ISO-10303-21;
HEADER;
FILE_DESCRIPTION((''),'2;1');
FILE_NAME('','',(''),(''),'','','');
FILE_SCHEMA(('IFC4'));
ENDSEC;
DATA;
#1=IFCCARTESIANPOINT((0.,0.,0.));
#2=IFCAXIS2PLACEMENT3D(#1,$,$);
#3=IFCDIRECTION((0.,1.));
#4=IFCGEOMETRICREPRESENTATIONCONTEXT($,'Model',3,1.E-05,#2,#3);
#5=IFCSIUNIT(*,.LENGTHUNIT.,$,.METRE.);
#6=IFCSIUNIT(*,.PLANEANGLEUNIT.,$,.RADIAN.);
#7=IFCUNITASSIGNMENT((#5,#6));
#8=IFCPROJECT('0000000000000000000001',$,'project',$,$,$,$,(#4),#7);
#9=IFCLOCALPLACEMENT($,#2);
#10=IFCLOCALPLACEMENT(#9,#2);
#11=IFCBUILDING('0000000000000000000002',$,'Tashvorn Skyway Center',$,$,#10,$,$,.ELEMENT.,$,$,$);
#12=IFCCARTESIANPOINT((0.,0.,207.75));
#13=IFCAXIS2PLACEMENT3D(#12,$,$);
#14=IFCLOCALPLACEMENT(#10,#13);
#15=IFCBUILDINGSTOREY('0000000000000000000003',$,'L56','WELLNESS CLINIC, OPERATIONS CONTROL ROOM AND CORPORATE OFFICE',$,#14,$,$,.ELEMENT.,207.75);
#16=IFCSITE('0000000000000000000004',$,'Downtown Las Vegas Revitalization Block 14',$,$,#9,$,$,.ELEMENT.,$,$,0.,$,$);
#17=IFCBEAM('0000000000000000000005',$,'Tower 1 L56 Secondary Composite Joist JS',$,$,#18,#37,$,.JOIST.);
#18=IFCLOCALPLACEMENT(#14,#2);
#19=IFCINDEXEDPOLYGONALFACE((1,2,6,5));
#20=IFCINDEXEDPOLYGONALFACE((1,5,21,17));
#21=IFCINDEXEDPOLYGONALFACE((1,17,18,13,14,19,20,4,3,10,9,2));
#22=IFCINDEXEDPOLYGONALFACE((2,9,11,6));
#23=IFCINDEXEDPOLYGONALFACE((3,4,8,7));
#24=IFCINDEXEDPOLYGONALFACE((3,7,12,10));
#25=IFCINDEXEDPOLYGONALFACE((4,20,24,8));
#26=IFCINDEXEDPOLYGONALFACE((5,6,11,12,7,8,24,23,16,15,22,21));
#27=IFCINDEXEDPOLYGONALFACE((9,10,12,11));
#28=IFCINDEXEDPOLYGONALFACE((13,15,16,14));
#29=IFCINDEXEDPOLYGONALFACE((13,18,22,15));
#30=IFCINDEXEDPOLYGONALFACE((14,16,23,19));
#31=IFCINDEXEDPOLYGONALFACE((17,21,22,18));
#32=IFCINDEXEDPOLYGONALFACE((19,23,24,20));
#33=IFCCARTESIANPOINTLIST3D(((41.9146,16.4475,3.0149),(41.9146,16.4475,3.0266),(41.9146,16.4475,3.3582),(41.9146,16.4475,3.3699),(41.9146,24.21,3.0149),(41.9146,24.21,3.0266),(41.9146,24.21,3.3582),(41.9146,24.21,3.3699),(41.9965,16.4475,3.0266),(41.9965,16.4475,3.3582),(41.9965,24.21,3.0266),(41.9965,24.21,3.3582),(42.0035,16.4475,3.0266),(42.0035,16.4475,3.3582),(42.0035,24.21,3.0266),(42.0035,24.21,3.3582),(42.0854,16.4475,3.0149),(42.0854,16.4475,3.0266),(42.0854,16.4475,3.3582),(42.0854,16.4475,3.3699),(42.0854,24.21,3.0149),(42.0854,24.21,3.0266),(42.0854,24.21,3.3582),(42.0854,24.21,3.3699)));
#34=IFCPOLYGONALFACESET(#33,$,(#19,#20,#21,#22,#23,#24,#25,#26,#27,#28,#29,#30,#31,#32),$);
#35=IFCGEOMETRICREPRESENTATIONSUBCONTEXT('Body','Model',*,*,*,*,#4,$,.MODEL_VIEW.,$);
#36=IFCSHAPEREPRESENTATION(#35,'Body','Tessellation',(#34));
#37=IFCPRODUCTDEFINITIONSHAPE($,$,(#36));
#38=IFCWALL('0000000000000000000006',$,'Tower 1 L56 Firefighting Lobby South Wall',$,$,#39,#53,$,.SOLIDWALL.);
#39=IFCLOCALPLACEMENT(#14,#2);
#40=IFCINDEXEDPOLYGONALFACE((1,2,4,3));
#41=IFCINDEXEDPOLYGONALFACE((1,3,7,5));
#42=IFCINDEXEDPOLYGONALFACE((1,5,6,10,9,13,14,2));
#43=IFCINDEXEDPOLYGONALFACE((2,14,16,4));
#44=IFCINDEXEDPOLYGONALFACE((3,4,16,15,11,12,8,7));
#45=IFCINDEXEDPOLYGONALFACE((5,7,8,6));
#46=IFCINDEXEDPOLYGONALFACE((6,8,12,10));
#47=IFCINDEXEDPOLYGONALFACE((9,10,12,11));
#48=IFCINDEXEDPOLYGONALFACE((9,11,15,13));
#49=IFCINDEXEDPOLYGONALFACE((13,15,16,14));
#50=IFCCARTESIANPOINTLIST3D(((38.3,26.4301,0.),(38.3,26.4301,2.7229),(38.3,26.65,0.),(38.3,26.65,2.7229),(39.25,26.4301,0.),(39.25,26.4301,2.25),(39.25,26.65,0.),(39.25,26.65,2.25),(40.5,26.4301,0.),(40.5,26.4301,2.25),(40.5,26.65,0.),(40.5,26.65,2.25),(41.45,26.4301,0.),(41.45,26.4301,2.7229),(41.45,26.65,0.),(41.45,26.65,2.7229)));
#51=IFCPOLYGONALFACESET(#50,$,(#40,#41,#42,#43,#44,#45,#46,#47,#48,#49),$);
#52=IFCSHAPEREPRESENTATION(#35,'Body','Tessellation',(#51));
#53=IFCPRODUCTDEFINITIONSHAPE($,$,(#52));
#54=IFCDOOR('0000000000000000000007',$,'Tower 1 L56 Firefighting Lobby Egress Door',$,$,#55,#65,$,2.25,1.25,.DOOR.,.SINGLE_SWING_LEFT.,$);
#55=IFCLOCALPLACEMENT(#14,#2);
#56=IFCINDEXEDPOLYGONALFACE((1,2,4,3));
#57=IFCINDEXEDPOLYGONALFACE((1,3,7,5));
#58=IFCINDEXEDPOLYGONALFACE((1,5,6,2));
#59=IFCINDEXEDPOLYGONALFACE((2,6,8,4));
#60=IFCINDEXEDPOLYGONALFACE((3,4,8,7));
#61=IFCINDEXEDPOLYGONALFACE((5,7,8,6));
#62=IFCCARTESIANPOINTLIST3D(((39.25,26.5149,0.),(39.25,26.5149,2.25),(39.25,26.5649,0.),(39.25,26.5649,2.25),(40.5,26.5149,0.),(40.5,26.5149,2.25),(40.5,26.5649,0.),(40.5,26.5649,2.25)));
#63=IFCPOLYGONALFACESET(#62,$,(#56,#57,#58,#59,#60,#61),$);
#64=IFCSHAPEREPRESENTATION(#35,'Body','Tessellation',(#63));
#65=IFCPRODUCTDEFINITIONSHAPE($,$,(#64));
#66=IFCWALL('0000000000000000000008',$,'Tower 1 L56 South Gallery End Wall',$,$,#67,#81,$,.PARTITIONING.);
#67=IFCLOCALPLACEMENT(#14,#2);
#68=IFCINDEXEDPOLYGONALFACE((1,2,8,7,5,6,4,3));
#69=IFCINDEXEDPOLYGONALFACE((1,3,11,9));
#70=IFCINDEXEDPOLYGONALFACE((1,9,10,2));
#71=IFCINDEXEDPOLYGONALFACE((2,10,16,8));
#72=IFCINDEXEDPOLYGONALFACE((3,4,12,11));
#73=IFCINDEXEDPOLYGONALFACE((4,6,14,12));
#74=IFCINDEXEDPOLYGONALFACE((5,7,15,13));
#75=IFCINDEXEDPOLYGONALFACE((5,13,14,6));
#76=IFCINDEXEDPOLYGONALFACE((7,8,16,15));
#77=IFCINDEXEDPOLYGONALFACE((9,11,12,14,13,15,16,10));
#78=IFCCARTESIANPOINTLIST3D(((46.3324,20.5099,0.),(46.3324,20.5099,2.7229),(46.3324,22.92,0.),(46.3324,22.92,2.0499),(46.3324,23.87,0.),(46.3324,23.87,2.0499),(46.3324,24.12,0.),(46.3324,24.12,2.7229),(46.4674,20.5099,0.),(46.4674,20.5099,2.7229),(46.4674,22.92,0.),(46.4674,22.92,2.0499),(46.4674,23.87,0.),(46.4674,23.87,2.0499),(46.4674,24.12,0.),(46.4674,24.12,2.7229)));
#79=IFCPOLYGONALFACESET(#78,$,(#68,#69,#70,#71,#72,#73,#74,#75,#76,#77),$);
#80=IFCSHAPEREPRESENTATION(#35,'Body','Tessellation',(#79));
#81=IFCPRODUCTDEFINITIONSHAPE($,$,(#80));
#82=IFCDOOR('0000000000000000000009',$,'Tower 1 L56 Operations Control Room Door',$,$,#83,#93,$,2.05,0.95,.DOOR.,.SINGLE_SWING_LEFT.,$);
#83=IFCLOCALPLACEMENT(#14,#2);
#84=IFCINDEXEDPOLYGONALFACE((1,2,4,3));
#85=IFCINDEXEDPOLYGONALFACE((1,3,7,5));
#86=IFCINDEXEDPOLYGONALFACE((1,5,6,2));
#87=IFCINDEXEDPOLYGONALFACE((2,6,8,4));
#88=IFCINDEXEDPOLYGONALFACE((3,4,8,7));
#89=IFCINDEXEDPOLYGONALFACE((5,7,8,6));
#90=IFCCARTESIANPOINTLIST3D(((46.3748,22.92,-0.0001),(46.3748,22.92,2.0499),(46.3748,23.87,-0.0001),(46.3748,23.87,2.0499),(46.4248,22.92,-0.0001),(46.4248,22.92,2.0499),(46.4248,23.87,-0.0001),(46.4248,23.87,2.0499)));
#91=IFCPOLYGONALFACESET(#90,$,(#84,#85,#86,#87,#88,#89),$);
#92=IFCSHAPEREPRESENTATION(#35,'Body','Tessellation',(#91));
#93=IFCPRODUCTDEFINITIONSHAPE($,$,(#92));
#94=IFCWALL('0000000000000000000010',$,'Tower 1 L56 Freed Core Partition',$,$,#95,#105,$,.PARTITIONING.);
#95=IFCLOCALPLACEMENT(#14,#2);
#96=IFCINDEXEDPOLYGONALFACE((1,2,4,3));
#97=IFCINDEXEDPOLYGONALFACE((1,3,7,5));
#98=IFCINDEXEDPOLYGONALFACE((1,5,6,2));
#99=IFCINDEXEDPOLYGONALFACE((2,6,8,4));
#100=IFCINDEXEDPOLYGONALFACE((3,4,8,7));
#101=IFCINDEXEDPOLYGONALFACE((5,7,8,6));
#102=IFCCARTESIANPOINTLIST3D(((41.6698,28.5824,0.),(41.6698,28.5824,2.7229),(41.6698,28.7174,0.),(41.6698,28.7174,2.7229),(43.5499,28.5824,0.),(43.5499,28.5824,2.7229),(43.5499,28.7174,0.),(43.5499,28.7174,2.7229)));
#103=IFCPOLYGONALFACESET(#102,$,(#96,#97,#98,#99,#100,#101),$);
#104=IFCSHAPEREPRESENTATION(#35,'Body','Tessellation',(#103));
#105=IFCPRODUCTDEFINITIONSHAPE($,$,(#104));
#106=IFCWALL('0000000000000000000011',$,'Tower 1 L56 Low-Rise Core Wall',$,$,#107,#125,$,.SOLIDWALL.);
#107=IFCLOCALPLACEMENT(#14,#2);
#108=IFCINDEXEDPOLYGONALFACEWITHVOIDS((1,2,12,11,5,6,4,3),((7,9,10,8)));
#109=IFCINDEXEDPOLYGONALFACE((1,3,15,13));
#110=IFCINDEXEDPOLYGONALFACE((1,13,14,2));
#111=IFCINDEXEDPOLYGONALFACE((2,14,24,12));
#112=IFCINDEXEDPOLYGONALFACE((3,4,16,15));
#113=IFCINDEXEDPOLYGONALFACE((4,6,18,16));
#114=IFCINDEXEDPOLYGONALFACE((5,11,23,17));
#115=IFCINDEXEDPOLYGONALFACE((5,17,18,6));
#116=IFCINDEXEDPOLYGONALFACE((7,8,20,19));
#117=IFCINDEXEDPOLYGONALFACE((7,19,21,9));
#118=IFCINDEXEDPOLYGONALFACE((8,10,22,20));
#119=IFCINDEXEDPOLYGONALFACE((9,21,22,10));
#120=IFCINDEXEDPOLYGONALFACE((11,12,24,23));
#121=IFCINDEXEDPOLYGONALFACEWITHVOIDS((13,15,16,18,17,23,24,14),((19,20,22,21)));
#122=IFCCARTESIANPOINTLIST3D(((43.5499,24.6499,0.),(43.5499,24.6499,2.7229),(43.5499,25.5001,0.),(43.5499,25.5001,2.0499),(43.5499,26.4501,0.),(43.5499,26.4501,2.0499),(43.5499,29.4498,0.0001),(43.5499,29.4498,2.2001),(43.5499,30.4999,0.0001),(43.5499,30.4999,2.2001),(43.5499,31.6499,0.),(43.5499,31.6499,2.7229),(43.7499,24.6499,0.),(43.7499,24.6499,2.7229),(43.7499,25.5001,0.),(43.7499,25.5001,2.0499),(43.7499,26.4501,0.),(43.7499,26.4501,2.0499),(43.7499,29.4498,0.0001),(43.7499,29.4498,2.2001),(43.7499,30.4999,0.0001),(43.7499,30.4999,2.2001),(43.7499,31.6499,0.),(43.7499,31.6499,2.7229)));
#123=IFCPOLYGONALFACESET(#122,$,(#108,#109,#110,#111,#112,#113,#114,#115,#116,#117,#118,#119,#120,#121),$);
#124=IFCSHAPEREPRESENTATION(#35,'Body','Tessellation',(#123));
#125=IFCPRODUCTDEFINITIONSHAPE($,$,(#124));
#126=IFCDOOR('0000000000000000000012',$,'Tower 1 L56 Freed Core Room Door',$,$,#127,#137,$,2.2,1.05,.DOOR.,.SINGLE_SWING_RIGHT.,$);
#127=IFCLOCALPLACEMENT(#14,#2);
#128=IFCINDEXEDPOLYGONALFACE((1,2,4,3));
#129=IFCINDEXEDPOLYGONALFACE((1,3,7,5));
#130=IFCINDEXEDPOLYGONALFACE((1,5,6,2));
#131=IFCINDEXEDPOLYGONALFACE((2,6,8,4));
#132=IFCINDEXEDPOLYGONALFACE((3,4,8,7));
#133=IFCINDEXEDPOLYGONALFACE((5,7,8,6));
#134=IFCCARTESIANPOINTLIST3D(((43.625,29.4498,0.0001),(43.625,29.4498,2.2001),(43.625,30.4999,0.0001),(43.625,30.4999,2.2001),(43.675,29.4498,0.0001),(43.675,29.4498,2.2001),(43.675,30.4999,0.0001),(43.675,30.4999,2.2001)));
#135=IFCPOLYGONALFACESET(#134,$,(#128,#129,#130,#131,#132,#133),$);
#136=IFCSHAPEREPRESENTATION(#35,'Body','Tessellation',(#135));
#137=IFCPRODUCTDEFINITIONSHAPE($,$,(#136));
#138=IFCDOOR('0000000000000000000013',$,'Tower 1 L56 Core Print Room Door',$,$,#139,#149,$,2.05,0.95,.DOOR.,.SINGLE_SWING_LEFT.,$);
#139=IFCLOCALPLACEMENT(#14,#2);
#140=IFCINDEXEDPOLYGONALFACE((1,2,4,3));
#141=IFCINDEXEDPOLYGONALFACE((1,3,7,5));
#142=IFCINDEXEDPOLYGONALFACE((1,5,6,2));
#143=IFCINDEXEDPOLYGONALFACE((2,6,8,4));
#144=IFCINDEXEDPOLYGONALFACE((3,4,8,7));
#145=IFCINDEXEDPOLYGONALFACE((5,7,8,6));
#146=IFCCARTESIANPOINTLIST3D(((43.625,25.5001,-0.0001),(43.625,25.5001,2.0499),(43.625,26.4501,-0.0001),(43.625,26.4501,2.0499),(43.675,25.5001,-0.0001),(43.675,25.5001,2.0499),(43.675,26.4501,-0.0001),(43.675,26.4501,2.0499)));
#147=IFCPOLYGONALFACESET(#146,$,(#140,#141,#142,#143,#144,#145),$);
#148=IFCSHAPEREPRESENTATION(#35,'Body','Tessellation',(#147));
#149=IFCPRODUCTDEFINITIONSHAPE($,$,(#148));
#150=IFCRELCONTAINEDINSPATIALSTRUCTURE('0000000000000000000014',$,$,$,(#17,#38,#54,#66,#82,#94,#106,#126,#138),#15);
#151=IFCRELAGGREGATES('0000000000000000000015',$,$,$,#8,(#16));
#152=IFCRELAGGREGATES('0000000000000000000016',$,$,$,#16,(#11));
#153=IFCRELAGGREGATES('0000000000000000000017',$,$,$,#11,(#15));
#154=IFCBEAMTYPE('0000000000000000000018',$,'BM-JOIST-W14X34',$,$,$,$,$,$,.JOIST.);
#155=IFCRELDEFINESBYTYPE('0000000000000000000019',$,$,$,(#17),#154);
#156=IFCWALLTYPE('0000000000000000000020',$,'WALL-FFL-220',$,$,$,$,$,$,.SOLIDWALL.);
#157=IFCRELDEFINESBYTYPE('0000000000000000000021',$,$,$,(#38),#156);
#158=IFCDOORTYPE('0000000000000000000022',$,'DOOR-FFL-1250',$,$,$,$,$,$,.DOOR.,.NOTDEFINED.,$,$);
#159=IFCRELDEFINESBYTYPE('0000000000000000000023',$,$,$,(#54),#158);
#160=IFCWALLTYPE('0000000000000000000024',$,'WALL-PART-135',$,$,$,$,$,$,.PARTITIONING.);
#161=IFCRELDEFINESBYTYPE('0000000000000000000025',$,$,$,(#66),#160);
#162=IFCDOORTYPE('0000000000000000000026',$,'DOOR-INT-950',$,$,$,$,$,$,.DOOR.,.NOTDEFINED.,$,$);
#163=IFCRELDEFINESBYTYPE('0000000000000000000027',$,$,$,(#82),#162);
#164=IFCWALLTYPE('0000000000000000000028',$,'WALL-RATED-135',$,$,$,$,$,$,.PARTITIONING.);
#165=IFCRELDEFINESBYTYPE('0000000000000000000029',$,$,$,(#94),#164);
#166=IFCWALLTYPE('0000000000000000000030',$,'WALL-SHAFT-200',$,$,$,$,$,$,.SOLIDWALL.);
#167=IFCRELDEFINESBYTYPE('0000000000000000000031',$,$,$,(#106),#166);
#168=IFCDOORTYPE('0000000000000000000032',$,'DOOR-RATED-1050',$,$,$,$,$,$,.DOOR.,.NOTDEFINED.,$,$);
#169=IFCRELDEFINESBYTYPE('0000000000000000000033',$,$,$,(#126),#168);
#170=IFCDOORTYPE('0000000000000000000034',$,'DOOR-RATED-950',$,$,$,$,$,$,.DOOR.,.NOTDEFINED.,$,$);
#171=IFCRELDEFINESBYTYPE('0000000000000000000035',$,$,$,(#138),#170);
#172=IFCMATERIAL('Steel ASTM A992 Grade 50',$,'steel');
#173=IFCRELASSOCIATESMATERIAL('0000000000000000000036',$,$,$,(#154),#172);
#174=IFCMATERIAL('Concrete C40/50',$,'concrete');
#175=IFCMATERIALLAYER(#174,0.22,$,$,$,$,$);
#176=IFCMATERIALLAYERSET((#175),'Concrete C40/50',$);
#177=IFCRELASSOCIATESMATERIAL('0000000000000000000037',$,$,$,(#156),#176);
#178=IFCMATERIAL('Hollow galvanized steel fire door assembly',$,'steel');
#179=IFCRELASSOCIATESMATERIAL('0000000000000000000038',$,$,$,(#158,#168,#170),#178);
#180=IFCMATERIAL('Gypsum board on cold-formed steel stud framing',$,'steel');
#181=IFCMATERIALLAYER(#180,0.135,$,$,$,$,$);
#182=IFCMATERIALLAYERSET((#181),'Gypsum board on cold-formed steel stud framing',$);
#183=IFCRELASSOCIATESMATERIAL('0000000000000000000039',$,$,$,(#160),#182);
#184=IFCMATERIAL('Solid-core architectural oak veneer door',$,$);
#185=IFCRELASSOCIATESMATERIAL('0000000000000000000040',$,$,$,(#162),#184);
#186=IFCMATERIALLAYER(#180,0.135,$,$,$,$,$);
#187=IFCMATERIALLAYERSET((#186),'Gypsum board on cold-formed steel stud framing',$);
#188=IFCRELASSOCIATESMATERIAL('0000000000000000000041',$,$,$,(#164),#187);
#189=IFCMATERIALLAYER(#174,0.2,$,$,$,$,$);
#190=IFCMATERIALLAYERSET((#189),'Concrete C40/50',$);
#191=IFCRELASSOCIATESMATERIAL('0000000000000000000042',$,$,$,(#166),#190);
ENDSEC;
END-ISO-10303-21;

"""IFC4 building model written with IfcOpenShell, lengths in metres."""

from ifc_helpers import new_model, si_unit, direction, frame, frame_2d, origin, origin_2d, place, context, subcontext, project, spatial, rectangle, i_section, extrude, material, layer, layer_set, material_profile, profile_set, type_object, element, fill, save


model = new_model("IFC4")

# Units and contexts
model_context = context("Model", 3, precision=1e-05, world=origin(), true_north=direction((0.0, 1.0)))
body_context = subcontext(model_context, "Body", "Model", "MODEL_VIEW")
ifc_project = project(units=[si_unit("LENGTHUNIT", "METRE"), si_unit("PLANEANGLEUNIT", "RADIAN")], contexts=[model_context])

# Site, building, storey
site_placement = place(None, origin())
site = spatial("IfcSite", under=ifc_project, at=site_placement, Name="Downtown Las Vegas Revitalization Block 14", CompositionType="ELEMENT", RefElevation=0.0)
building_placement = place(site_placement, origin())
building = spatial("IfcBuilding", under=site, at=building_placement, Name="Tashvorn Skyway Center", CompositionType="ELEMENT")
storey_placement = place(building_placement, frame((0.0, 0.0, 207.75)))
storey = spatial("IfcBuildingStorey", under=building, at=storey_placement, Name="L56", Description="WELLNESS CLINIC, OPERATIONS CONTROL ROOM AND CORPORATE OFFICE", CompositionType="ELEMENT", Elevation=207.75)

# Beam
ifc_material_1 = material(Name="Steel ASTM A992 Grade 50", Category="steel")
ifc_material_profile = material_profile(ifc_material_1, i_section(OverallWidth=0.1709, OverallDepth=0.355, WebThickness=0.0071, FlangeThickness=0.0117, at=origin_2d()), Name="W14X34")
ifc_profile_set = profile_set([ifc_material_profile], Name="Steel ASTM A992 Grade 50")
beam_type = type_object("IfcBeamType", Name="BM-JOIST-W14X34", PredefinedType="JOIST", material=ifc_profile_set)
beam_placement = place(storey_placement, frame((42.0, 24.21, 3.1924), z_axis=(0.0, -1.0, 0.0), x_axis=(1.0, 0.0, 0.0)))
element("IfcBeam", 1, at=beam_placement, inside=storey, type_object=beam_type, Name="Tower 1 L56 Secondary Composite Joist JS", PredefinedType="JOIST", context=body_context, shape_type="SweptSolid", body=[
    extrude(i_section(OverallWidth=0.1709, OverallDepth=0.355, WebThickness=0.0071, FlangeThickness=0.0117, at=origin_2d()), origin(), (0.0, 0.0, 1.0), 7.7625),
])

# Walls, openings, doors
ifc_material_2 = material(Name="Concrete C40/50", Category="concrete")
ifc_layer_1 = layer(ifc_material_2, 0.22)
ifc_layer_set_1 = layer_set([ifc_layer_1], Name="Concrete C40/50")
wall_type_1 = type_object("IfcWallType", Name="WALL-FFL-220", PredefinedType="SOLIDWALL", material=ifc_layer_set_1)
wall_1_placement = place(storey_placement, frame((38.3, 26.54, 0.0), z_axis=(0.0, 0.0, 1.0), x_axis=(1.0, 0.0, 0.0)))
wall_1 = element("IfcWall", 2, at=wall_1_placement, inside=storey, type_object=wall_type_1, Name="Tower 1 L56 Firefighting Lobby South Wall", PredefinedType="SOLIDWALL", context=body_context, shape_type="SweptSolid", body=[
    extrude(rectangle(XDim=3.1499, YDim=0.22, at=frame_2d((1.575, 0.0))), origin(), (0.0, 0.0, 1.0), 2.7229),
])
opening_1_placement = place(wall_1_placement, frame((0.95, 0.0, 0.0)))
opening_1 = element("IfcOpeningElement", 3, at=opening_1_placement, cuts=wall_1, PredefinedType="OPENING", context=body_context, shape_type="SweptSolid", body=[
    extrude(rectangle(XDim=1.25, YDim=2.25, at=frame_2d((0.625, 1.125))), frame((0.0, 0.1199, 0.0), z_axis=(0.0, -1.0, 0.0), x_axis=(1.0, 0.0, 0.0)), (0.0, 0.0, 1.0), 0.24),
])
ifc_material_3 = material(Name="Hollow galvanized steel fire door assembly", Category="steel")
door_type_1 = type_object("IfcDoorType", Name="DOOR-FFL-1250", OperationType="NOTDEFINED", PredefinedType="DOOR", material=ifc_material_3)
door_1_placement = place(opening_1_placement, origin())
door_1 = element("IfcDoor", 4, at=door_1_placement, inside=storey, type_object=door_type_1, Name="Tower 1 L56 Firefighting Lobby Egress Door", OperationType="SINGLE_SWING_LEFT", OverallHeight=2.25, OverallWidth=1.25, PredefinedType="DOOR", context=body_context, shape_type="SweptSolid", body=[
    extrude(rectangle(XDim=1.25, YDim=2.25, at=frame_2d((0.625, 1.125))), frame((0.0, 0.0249, 0.0), z_axis=(0.0, -1.0, 0.0), x_axis=(1.0, 0.0, 0.0)), (0.0, 0.0, 1.0), 0.05),
])
fill(opening_1, door_1)
ifc_material_4 = material(Name="Gypsum board on cold-formed steel stud framing", Category="steel")
ifc_layer_2 = layer(ifc_material_4, 0.135)
ifc_layer_set_2 = layer_set([ifc_layer_2], Name="Gypsum board on cold-formed steel stud framing")
wall_type_2 = type_object("IfcWallType", Name="WALL-PART-135", PredefinedType="PARTITIONING", material=ifc_layer_set_2)
wall_2_placement = place(storey_placement, frame((46.3999, 24.1201, 0.0), z_axis=(0.0, 0.0, 1.0), x_axis=(0.0, -1.0, 0.0)))
wall_2 = element("IfcWall", 5, at=wall_2_placement, inside=storey, type_object=wall_type_2, Name="Tower 1 L56 South Gallery End Wall", PredefinedType="PARTITIONING", context=body_context, shape_type="SweptSolid", body=[
    extrude(rectangle(XDim=3.6101, YDim=0.135, at=frame_2d((1.8052, 0.0))), origin(), (0.0, 0.0, 1.0), 2.7229),
])
opening_2_placement = place(wall_2_placement, frame((0.25, 0.0, 0.0)))
opening_2 = element("IfcOpeningElement", 6, at=opening_2_placement, cuts=wall_2, PredefinedType="OPENING", context=body_context, shape_type="SweptSolid", body=[
    extrude(rectangle(XDim=0.95, YDim=2.05, at=frame_2d((0.4751, 1.0249))), frame((0.0, 0.0774, 0.0), z_axis=(0.0, -1.0, 0.0), x_axis=(1.0, 0.0, 0.0)), (0.0, 0.0, 1.0), 0.155),
])
ifc_material_5 = material(Name="Solid-core architectural oak veneer door")
door_type_2 = type_object("IfcDoorType", Name="DOOR-INT-950", OperationType="NOTDEFINED", PredefinedType="DOOR", material=ifc_material_5)
door_2_placement = place(opening_2_placement, origin())
door_2 = element("IfcDoor", 7, at=door_2_placement, inside=storey, type_object=door_type_2, Name="Tower 1 L56 Operations Control Room Door", OperationType="SINGLE_SWING_LEFT", OverallHeight=2.05, OverallWidth=0.95, PredefinedType="DOOR", context=body_context, shape_type="SweptSolid", body=[
    extrude(rectangle(XDim=0.95, YDim=2.05, at=frame_2d((0.4751, 1.0249))), frame((0.0, 0.0249, 0.0), z_axis=(0.0, -1.0, 0.0), x_axis=(1.0, 0.0, 0.0)), (0.0, 0.0, 1.0), 0.05),
])
fill(opening_2, door_2)

# Wall
ifc_layer_3 = layer(ifc_material_4, 0.135)
ifc_layer_set_3 = layer_set([ifc_layer_3], Name="Gypsum board on cold-formed steel stud framing")
wall_type_3 = type_object("IfcWallType", Name="WALL-RATED-135", PredefinedType="PARTITIONING", material=ifc_layer_set_3)
wall_3_placement = place(storey_placement, frame((41.6699, 28.6499, 0.0), z_axis=(0.0, 0.0, 1.0), x_axis=(1.0, 0.0, 0.0)))
element("IfcWall", 8, at=wall_3_placement, inside=storey, type_object=wall_type_3, Name="Tower 1 L56 Freed Core Partition", PredefinedType="PARTITIONING", context=body_context, shape_type="SweptSolid", body=[
    extrude(rectangle(XDim=1.8801, YDim=0.135, at=frame_2d((0.9399, 0.0))), origin(), (0.0, 0.0, 1.0), 2.7229),
])

# Wall, openings, doors
ifc_layer_4 = layer(ifc_material_2, 0.2)
ifc_layer_set_4 = layer_set([ifc_layer_4], Name="Concrete C40/50")
wall_type_4 = type_object("IfcWallType", Name="WALL-SHAFT-200", PredefinedType="SOLIDWALL", material=ifc_layer_set_4)
wall_4_placement = place(storey_placement, frame((43.6499, 24.6499, 0.0), z_axis=(0.0, 0.0, 1.0), x_axis=(0.0, 1.0, 0.0)))
wall_4 = element("IfcWall", 9, at=wall_4_placement, inside=storey, type_object=wall_type_4, Name="Tower 1 L56 Low-Rise Core Wall", PredefinedType="SOLIDWALL", context=body_context, shape_type="SweptSolid", body=[
    extrude(rectangle(XDim=7.0, YDim=0.2, at=frame_2d((3.5, 0.0))), origin(), (0.0, 0.0, 1.0), 2.7229),
])
opening_3_placement = place(wall_4_placement, frame((0.8501, 0.0, 0.0)))
opening_3 = element("IfcOpeningElement", 10, at=opening_3_placement, cuts=wall_4, PredefinedType="OPENING", context=body_context, shape_type="SweptSolid", body=[
    extrude(rectangle(XDim=0.95, YDim=2.05, at=frame_2d((0.4751, 1.0249))), frame((0.0, 0.1099, 0.0), z_axis=(0.0, -1.0, 0.0), x_axis=(1.0, 0.0, 0.0)), (0.0, 0.0, 1.0), 0.22),
])
opening_4_placement = place(wall_4_placement, frame((4.8, 0.0, 0.0)))
opening_4 = element("IfcOpeningElement", 11, at=opening_4_placement, cuts=wall_4, PredefinedType="OPENING", context=body_context, shape_type="SweptSolid", body=[
    extrude(rectangle(XDim=1.05, YDim=2.2, at=frame_2d((0.5249, 1.1001))), frame((0.0, 0.1099, 0.0), z_axis=(0.0, -1.0, 0.0), x_axis=(1.0, 0.0, 0.0)), (0.0, 0.0, 1.0), 0.22),
])
door_type_3 = type_object("IfcDoorType", Name="DOOR-RATED-1050", OperationType="NOTDEFINED", PredefinedType="DOOR", material=ifc_material_3)
door_3_placement = place(opening_4_placement, origin())
door_3 = element("IfcDoor", 12, at=door_3_placement, inside=storey, type_object=door_type_3, Name="Tower 1 L56 Freed Core Room Door", OperationType="SINGLE_SWING_RIGHT", OverallHeight=2.2, OverallWidth=1.05, PredefinedType="DOOR", context=body_context, shape_type="SweptSolid", body=[
    extrude(rectangle(XDim=1.05, YDim=2.2, at=frame_2d((0.5249, 1.1001))), frame((0.0, 0.0249, 0.0), z_axis=(0.0, -1.0, 0.0), x_axis=(1.0, 0.0, 0.0)), (0.0, 0.0, 1.0), 0.05),
])
fill(opening_4, door_3)
door_type_4 = type_object("IfcDoorType", Name="DOOR-RATED-950", OperationType="NOTDEFINED", PredefinedType="DOOR", material=ifc_material_3)
door_4_placement = place(opening_3_placement, origin())
door_4 = element("IfcDoor", 13, at=door_4_placement, inside=storey, type_object=door_type_4, Name="Tower 1 L56 Core Print Room Door", OperationType="SINGLE_SWING_LEFT", OverallHeight=2.05, OverallWidth=0.95, PredefinedType="DOOR", context=body_context, shape_type="SweptSolid", body=[
    extrude(rectangle(XDim=0.95, YDim=2.05, at=frame_2d((0.4751, 1.0249))), frame((0.0, 0.0249, 0.0), z_axis=(0.0, -1.0, 0.0), x_axis=(1.0, 0.0, 0.0)), (0.0, 0.0, 1.0), 0.05),
])
fill(opening_3, door_4)

save(model, "model.ifc")
